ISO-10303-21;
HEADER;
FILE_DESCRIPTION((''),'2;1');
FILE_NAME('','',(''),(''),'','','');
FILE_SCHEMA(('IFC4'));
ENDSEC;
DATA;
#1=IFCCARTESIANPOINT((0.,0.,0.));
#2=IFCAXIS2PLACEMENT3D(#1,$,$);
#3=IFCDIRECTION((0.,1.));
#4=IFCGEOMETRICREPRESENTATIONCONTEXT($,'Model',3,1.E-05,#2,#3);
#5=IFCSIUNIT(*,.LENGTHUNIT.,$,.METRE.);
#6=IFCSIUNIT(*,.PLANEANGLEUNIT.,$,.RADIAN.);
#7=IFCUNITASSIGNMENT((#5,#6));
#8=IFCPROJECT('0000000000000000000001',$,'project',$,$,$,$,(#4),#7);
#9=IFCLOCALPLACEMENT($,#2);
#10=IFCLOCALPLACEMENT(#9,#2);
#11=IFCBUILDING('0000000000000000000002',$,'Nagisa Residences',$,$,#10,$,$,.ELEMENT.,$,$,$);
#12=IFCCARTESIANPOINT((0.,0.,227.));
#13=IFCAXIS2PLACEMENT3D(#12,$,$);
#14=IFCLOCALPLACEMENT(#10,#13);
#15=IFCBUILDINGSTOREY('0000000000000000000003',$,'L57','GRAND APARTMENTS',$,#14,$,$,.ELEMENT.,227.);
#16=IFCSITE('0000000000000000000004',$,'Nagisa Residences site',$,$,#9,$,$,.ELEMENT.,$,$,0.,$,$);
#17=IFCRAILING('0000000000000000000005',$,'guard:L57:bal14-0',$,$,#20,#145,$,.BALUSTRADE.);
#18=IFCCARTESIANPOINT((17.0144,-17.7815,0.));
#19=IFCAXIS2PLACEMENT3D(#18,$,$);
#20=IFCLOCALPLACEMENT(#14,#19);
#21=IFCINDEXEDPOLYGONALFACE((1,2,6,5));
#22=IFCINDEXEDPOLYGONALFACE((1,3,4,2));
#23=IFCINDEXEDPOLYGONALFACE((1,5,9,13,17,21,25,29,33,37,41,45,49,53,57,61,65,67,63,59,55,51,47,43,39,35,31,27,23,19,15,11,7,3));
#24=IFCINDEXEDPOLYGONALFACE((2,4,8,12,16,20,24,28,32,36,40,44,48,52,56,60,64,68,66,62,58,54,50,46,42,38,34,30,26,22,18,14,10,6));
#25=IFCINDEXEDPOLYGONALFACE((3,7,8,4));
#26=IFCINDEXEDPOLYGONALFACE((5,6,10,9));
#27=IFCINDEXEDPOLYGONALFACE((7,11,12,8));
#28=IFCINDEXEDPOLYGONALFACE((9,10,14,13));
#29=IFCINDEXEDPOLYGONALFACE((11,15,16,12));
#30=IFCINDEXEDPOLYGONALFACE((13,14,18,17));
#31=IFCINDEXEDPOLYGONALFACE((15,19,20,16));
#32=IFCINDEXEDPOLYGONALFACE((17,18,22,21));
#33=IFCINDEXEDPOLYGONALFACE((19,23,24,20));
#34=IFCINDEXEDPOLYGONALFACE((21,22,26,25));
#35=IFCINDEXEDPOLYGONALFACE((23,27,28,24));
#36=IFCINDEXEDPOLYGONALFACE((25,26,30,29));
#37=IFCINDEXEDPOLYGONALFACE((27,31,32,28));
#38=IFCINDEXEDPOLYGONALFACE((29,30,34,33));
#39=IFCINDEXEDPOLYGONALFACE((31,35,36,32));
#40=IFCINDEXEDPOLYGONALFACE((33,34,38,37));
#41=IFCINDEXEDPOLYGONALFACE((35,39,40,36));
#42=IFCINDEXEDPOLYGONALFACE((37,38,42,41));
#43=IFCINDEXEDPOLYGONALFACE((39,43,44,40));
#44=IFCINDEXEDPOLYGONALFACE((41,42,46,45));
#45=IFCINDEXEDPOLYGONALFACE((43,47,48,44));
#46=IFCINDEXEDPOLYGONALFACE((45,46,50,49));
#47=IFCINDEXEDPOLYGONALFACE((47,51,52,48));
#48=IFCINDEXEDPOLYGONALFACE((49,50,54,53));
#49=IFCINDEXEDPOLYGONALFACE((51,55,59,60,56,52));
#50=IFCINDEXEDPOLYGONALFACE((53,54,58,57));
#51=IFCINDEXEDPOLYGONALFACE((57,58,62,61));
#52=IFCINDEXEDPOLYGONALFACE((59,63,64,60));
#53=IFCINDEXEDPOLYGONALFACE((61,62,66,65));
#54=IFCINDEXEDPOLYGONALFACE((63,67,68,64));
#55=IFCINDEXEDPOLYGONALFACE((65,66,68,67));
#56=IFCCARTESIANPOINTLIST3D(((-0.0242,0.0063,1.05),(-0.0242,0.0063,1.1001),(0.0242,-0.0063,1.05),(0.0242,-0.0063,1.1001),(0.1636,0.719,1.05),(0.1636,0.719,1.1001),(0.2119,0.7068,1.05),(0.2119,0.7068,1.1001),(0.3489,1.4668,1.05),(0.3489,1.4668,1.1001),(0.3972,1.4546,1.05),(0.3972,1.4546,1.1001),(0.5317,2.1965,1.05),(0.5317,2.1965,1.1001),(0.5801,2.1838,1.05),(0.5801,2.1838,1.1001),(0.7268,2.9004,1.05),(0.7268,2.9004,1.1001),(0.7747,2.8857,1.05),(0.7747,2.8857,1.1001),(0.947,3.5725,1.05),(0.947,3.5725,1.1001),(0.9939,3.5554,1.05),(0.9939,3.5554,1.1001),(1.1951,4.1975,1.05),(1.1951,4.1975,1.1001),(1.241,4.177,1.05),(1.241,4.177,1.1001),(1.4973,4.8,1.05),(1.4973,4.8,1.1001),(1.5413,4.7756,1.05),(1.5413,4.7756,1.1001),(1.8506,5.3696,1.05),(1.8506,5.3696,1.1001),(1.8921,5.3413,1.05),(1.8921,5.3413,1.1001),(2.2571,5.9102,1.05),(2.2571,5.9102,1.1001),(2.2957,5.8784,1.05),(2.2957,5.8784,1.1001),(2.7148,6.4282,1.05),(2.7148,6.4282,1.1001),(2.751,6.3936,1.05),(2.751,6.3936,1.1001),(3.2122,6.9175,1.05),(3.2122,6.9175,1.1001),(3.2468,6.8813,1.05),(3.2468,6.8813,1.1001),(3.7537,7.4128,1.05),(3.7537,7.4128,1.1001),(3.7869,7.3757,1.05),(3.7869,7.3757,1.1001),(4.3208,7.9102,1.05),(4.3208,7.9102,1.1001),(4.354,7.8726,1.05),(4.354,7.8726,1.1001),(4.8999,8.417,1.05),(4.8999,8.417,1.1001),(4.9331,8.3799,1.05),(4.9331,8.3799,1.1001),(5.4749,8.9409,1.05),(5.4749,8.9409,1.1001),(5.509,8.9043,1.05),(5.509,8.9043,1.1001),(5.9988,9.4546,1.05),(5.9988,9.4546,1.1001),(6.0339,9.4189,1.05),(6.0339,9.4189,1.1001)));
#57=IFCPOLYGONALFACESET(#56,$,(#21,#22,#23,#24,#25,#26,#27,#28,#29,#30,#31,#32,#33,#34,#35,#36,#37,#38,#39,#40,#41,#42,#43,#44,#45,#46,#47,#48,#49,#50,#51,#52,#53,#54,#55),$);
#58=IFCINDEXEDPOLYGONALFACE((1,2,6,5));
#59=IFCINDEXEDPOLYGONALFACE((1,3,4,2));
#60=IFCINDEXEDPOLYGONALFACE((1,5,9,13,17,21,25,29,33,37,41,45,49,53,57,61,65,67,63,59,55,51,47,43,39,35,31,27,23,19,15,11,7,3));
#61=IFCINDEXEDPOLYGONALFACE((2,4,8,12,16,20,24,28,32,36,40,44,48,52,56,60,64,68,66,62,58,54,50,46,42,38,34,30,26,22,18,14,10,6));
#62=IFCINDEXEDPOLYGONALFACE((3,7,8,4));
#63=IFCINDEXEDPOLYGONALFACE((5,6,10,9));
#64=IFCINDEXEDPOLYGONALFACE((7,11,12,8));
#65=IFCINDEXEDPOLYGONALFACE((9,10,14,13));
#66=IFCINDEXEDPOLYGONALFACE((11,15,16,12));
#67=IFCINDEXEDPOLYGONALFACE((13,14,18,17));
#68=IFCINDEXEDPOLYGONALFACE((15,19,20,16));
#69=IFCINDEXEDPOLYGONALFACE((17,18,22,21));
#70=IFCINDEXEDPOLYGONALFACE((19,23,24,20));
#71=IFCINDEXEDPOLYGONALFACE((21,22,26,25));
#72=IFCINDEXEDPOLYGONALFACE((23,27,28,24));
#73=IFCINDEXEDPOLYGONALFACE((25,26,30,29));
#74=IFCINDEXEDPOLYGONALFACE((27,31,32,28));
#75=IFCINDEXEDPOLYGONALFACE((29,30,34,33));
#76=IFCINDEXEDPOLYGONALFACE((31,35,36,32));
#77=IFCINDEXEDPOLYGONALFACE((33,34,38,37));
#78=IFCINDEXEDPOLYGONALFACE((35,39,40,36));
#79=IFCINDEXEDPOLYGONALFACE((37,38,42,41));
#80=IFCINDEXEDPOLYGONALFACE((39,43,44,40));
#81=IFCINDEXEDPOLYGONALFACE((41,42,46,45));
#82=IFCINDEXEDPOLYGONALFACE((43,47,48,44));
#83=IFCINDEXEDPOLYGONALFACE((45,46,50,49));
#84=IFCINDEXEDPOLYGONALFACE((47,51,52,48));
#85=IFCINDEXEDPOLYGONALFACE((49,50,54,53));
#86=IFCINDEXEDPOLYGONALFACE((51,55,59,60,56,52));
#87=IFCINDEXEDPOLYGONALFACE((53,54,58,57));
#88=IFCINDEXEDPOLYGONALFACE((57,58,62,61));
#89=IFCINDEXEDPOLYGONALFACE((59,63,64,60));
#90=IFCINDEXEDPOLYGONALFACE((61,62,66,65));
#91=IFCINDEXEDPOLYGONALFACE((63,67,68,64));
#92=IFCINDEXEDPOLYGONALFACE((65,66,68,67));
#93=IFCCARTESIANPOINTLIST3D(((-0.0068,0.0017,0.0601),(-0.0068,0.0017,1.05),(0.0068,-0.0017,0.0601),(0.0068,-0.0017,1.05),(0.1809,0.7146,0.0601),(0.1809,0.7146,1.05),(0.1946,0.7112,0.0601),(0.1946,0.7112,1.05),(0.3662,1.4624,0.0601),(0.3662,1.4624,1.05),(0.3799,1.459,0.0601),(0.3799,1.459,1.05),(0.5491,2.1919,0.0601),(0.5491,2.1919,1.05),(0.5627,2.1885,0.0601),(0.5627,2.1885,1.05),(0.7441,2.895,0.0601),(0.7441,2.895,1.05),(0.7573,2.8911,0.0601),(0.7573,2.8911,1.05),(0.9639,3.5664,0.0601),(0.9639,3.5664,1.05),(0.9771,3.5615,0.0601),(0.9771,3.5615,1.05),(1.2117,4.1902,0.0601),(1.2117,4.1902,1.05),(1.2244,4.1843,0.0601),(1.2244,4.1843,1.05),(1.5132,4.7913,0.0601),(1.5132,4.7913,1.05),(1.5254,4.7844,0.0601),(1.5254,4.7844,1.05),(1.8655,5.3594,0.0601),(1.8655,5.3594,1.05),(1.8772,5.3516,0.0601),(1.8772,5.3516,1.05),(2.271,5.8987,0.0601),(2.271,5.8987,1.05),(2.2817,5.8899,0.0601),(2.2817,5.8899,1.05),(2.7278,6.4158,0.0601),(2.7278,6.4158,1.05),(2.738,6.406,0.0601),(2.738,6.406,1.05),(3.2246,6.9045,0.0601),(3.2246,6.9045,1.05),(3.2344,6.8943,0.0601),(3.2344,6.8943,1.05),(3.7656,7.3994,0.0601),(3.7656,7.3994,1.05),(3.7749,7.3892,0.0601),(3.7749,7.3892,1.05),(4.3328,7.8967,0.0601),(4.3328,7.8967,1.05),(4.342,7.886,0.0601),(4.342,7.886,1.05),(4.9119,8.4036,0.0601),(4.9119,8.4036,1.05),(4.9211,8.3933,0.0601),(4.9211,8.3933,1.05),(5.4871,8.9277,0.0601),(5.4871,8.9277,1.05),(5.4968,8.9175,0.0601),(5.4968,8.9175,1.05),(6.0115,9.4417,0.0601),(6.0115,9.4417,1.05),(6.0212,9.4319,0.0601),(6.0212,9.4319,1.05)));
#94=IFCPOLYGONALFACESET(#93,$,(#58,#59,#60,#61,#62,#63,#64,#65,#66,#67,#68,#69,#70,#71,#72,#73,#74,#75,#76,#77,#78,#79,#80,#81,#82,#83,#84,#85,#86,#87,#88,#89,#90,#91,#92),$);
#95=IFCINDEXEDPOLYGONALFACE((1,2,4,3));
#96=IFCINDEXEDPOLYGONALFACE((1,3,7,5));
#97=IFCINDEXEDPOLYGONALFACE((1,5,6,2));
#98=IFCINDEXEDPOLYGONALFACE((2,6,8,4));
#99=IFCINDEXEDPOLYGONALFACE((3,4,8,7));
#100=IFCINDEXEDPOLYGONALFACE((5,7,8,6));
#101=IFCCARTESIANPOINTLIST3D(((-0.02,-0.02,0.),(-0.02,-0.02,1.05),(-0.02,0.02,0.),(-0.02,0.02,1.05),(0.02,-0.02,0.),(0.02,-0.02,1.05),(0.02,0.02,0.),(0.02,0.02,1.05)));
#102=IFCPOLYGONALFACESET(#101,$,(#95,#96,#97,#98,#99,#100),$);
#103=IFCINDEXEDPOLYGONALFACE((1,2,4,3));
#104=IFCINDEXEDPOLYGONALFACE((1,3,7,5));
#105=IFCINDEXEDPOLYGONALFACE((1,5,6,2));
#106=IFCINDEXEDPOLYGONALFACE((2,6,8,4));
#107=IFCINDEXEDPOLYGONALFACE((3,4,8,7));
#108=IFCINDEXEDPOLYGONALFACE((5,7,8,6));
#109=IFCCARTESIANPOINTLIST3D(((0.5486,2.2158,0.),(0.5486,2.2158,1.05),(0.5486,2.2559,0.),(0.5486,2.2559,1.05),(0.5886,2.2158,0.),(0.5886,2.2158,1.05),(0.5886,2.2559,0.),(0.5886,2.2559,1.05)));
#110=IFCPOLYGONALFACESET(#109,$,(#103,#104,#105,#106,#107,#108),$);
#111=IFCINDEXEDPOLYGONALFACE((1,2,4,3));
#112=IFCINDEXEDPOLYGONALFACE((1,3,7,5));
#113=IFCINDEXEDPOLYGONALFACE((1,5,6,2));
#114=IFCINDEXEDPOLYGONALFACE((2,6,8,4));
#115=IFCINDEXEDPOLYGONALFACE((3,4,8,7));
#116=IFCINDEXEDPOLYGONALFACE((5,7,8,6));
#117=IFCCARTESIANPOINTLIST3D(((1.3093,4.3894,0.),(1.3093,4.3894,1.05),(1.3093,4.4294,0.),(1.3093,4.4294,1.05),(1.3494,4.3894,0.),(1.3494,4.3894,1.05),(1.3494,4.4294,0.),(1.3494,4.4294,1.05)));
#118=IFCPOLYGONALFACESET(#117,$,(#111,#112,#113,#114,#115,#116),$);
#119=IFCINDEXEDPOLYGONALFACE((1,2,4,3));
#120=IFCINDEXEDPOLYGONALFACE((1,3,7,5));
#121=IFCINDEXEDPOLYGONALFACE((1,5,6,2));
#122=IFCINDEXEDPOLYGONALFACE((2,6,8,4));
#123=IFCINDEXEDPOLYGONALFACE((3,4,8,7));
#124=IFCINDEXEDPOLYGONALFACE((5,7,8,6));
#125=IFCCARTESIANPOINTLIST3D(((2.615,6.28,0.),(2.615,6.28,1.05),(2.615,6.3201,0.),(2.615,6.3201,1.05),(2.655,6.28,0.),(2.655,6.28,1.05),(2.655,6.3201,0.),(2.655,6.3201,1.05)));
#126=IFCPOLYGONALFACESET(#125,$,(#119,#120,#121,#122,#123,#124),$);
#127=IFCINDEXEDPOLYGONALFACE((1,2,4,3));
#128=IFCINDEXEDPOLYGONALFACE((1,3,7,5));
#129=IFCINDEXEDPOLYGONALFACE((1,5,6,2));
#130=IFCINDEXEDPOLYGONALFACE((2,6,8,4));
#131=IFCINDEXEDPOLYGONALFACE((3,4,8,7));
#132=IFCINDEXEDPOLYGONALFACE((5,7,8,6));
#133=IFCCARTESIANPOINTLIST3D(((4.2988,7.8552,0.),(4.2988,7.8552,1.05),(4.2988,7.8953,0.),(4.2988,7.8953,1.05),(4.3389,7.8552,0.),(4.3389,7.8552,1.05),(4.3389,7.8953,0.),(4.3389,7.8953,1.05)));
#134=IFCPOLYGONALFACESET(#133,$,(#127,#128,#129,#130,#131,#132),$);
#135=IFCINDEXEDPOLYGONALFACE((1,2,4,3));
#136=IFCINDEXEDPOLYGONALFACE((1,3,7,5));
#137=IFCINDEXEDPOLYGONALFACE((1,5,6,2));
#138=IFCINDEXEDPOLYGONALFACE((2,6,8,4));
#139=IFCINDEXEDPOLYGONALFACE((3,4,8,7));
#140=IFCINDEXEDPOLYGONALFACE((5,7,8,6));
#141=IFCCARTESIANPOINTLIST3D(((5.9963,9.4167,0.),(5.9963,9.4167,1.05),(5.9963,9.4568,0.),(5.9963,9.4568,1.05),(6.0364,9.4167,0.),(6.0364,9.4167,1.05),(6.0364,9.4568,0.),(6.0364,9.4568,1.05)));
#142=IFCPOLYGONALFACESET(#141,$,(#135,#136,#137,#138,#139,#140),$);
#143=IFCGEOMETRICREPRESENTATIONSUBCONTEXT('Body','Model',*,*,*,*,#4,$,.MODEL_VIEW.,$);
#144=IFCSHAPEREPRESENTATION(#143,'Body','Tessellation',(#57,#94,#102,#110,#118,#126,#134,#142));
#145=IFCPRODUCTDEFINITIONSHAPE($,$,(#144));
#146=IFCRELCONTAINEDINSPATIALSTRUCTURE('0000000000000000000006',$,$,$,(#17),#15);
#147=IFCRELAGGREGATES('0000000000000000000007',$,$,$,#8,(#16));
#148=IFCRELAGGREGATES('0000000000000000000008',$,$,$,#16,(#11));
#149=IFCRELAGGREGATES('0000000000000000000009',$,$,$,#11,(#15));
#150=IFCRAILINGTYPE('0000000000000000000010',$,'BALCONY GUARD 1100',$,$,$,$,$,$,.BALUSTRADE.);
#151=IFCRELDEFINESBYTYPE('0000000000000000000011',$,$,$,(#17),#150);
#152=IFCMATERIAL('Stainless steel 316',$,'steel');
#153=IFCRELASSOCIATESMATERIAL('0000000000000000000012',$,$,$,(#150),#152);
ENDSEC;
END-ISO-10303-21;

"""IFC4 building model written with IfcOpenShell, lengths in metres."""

from ifc_helpers import new_model, si_unit, direction, frame, origin, origin_2d, place, context, subcontext, project, spatial, polyline, rectangle, outline, extrude, material, type_object, element, save


model = new_model("IFC4")

# Units and contexts
model_context = context("Model", 3, precision=1e-05, world=origin(), true_north=direction((0.0, 1.0)))
body_context = subcontext(model_context, "Body", "Model", "MODEL_VIEW")
ifc_project = project(units=[si_unit("LENGTHUNIT", "METRE"), si_unit("PLANEANGLEUNIT", "RADIAN")], contexts=[model_context])

# Site, building, storey
site_placement = place(None, origin())
site = spatial("IfcSite", under=ifc_project, at=site_placement, Name="Nagisa Residences site", CompositionType="ELEMENT", RefElevation=0.0)
building_placement = place(site_placement, origin())
building = spatial("IfcBuilding", under=site, at=building_placement, Name="Nagisa Residences", CompositionType="ELEMENT")
storey_placement = place(building_placement, frame((0.0, 0.0, 227.0)))
storey = spatial("IfcBuildingStorey", under=building, at=storey_placement, Name="L57", Description="GRAND APARTMENTS", CompositionType="ELEMENT", Elevation=227.0)

# Railing
ifc_material_1 = material(Name="Stainless steel 316", Category="steel")
railing_type = type_object("IfcRailingType", Name="BALCONY GUARD 1100", PredefinedType="BALUSTRADE", material=ifc_material_1)
railing_1_placement = place(storey_placement, frame((17.0144, -17.7815, 0.0)))
element("IfcRailing", 1, at=railing_1_placement, inside=storey, type_object=railing_type, Name="guard:L57:bal14-0", PredefinedType="BALUSTRADE", context=body_context, shape_type="SweptSolid", body=[
    extrude(outline(polyline([(0.1636, 0.719), (-0.0242, 0.0063), (0.0242, -0.0063), (0.2119, 0.7068), (0.3972, 1.4546), (0.5801, 2.1838), (0.7747, 2.8857), (0.9939, 3.5554), (1.241, 4.177), (1.5413, 4.7756), (1.8921, 5.3413), (2.2957, 5.8784), (2.751, 6.3936), (3.2468, 6.8813), (3.7869, 7.3757), (4.354, 7.8726), (4.9331, 8.3799), (5.509, 8.9043), (6.0339, 9.4189), (5.9988, 9.4546), (5.4749, 8.9409), (4.8999, 8.417), (4.3208, 7.9102), (3.7537, 7.4128), (3.2122, 6.9175), (2.7148, 6.4282), (2.2571, 5.9102), (1.8506, 5.3696), (1.4973, 4.8), (1.1951, 4.1975), (0.947, 3.5725), (0.7268, 2.9004), (0.5317, 2.1965), (0.3489, 1.4668), (0.1636, 0.719)])), frame((0.0, 0.0, 1.05)), (0.0, 0.0, 1.0), 0.05),
    extrude(outline(polyline([(0.1809, 0.7146), (-0.0068, 0.0017), (0.0068, -0.0017), (0.1946, 0.7112), (0.3799, 1.459), (0.5627, 2.1885), (0.7573, 2.8911), (0.9771, 3.5615), (1.2244, 4.1843), (1.5254, 4.7844), (1.8772, 5.3516), (2.2817, 5.8899), (2.738, 6.406), (3.2344, 6.8943), (3.7749, 7.3892), (4.342, 7.886), (4.9211, 8.3933), (5.4968, 8.9175), (6.0212, 9.4319), (6.0115, 9.4417), (5.4871, 8.9277), (4.9119, 8.4036), (4.3328, 7.8967), (3.7656, 7.3994), (3.2246, 6.9045), (2.7278, 6.4158), (2.271, 5.8987), (1.8655, 5.3594), (1.5132, 4.7913), (1.2117, 4.1902), (0.9639, 3.5664), (0.7441, 2.895), (0.5491, 2.1919), (0.3662, 1.4624), (0.1809, 0.7146)])), frame((0.0, 0.0, 0.0601)), (0.0, 0.0, 1.0), 0.99),
    extrude(rectangle(XDim=0.04, YDim=0.04, at=origin_2d()), origin(), (0.0, 0.0, 1.0), 1.05),
    extrude(rectangle(XDim=0.04, YDim=0.04, at=origin_2d()), frame((0.5686, 2.2358, 0.0)), (0.0, 0.0, 1.0), 1.05),
    extrude(rectangle(XDim=0.04, YDim=0.04, at=origin_2d()), frame((1.3293, 4.4094, 0.0)), (0.0, 0.0, 1.0), 1.05),
    extrude(rectangle(XDim=0.04, YDim=0.04, at=origin_2d()), frame((2.635, 6.3, 0.0)), (0.0, 0.0, 1.0), 1.05),
    extrude(rectangle(XDim=0.04, YDim=0.04, at=origin_2d()), frame((4.3188, 7.8752, 0.0)), (0.0, 0.0, 1.0), 1.05),
    extrude(rectangle(XDim=0.04, YDim=0.04, at=origin_2d()), frame((6.0164, 9.4368, 0.0)), (0.0, 0.0, 1.0), 1.05),
])

save(model, "model.ifc")
